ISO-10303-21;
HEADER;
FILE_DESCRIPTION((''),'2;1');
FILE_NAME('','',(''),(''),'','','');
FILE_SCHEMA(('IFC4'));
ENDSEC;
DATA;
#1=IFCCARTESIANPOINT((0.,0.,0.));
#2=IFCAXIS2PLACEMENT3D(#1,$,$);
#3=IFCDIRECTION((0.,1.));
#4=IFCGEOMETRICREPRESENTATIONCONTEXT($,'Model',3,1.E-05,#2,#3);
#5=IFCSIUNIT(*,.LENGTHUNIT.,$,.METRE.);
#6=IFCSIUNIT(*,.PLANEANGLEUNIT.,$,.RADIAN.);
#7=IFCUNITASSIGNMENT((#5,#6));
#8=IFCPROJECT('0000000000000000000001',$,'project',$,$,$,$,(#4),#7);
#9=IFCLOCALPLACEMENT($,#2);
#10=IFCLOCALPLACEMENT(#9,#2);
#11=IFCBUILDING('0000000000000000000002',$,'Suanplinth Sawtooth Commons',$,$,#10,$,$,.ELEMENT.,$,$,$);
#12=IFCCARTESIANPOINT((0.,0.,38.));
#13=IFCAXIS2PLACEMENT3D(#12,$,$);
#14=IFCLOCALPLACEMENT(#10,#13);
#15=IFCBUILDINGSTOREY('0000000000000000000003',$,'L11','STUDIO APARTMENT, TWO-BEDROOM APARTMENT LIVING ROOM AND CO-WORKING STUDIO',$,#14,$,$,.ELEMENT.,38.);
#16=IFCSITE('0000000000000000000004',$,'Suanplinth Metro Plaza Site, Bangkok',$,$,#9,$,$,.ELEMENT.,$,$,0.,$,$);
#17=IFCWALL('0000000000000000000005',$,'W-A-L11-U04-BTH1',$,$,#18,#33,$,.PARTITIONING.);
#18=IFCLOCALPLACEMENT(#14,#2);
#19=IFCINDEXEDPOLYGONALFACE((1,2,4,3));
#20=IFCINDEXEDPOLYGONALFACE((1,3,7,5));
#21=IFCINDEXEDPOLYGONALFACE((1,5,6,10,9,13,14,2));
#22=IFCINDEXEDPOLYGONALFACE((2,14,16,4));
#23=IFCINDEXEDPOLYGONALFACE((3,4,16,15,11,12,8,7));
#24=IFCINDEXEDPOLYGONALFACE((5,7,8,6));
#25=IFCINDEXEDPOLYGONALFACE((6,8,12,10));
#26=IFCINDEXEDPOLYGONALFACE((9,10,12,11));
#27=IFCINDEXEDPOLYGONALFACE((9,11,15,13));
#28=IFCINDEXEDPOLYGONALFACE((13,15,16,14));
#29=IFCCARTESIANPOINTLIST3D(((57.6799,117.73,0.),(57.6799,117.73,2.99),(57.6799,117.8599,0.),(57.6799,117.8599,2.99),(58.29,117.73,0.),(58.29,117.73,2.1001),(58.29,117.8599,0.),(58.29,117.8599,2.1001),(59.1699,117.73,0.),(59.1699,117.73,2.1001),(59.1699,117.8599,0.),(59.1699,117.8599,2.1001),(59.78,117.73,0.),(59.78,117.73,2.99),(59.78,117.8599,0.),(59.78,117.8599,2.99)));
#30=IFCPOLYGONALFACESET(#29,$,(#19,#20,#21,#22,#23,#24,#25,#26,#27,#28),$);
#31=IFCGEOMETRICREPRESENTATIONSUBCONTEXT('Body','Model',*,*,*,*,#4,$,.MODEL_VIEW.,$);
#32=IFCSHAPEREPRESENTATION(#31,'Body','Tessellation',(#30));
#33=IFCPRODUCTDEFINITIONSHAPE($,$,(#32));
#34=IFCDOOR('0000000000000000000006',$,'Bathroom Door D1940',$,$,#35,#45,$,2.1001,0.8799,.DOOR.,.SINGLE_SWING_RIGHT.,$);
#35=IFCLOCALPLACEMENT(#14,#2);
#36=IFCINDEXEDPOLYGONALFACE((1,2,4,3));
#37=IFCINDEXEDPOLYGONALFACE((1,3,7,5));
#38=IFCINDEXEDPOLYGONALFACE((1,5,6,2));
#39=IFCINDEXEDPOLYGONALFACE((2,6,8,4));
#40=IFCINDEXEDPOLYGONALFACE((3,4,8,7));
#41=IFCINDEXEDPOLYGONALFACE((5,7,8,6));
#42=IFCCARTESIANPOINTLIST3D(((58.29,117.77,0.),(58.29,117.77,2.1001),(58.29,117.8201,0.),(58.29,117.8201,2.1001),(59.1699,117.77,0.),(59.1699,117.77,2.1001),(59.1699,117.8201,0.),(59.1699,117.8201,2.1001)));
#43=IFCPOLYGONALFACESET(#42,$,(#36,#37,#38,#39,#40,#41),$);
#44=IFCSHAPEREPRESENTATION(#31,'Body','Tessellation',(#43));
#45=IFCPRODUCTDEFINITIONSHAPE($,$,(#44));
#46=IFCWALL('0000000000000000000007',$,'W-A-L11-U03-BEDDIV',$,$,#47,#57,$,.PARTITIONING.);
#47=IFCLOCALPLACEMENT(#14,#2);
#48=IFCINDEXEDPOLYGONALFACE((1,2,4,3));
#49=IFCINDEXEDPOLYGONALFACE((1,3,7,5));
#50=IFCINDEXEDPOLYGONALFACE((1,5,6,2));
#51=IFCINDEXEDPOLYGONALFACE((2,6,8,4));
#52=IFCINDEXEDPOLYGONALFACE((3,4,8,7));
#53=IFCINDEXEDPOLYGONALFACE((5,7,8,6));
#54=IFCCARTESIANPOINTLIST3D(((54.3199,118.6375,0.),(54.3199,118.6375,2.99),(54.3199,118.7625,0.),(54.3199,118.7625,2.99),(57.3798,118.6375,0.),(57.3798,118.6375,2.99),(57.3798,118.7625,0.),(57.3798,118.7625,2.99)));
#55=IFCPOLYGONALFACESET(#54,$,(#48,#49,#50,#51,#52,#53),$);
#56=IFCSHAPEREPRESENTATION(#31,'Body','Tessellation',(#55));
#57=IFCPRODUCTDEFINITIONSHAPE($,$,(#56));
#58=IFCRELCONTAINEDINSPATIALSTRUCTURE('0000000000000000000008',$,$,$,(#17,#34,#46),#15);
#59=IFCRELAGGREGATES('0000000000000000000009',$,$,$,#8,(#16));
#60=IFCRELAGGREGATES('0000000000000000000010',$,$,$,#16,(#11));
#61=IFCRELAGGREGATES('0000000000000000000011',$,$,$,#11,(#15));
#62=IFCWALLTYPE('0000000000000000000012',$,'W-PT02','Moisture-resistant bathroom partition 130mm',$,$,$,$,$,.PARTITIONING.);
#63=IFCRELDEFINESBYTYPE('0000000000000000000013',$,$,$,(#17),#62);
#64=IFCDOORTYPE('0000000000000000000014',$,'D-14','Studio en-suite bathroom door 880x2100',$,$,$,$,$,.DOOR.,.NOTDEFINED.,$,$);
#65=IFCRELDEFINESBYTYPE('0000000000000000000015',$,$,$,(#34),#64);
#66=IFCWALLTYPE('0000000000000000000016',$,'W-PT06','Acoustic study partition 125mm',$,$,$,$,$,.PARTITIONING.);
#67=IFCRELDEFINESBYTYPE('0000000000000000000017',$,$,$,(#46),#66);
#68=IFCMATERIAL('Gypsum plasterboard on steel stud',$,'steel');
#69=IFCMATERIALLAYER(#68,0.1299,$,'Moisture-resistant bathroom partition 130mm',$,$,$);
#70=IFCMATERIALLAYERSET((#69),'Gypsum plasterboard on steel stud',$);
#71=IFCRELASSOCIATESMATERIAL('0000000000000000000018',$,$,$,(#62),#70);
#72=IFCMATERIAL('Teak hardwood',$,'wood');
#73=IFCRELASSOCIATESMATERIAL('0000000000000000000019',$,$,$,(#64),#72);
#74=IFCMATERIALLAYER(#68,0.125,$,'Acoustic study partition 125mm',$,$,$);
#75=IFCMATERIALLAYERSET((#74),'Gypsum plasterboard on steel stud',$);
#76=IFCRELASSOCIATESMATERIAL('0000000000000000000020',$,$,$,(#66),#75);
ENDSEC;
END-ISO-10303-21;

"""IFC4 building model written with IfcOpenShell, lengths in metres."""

from ifc_helpers import new_model, si_unit, direction, frame, frame_2d, origin, place, context, subcontext, project, spatial, rectangle, extrude, material, layer, layer_set, type_object, element, fill, save


model = new_model("IFC4")

# Units and contexts
model_context = context("Model", 3, precision=1e-05, world=origin(), true_north=direction((0.0, 1.0)))
body_context = subcontext(model_context, "Body", "Model", "MODEL_VIEW")
ifc_project = project(units=[si_unit("LENGTHUNIT", "METRE"), si_unit("PLANEANGLEUNIT", "RADIAN")], contexts=[model_context])

# Site, building, storey
site_placement = place(None, origin())
site = spatial("IfcSite", under=ifc_project, at=site_placement, Name="Suanplinth Metro Plaza Site, Bangkok", CompositionType="ELEMENT", RefElevation=0.0)
building_placement = place(site_placement, origin())
building = spatial("IfcBuilding", under=site, at=building_placement, Name="Suanplinth Sawtooth Commons", CompositionType="ELEMENT")
storey_placement = place(building_placement, frame((0.0, 0.0, 38.0)))
storey = spatial("IfcBuildingStorey", under=building, at=storey_placement, Name="L11", Description="STUDIO APARTMENT, TWO-BEDROOM APARTMENT LIVING ROOM AND CO-WORKING STUDIO", CompositionType="ELEMENT", Elevation=38.0)

# Wall, opening, door
ifc_material_1 = material(Name="Gypsum plasterboard on steel stud", Category="steel")
ifc_layer_1 = layer(ifc_material_1, 0.1299, Name="Moisture-resistant bathroom partition 130mm")
ifc_layer_set_1 = layer_set([ifc_layer_1], Name="Gypsum plasterboard on steel stud")
wall_type_1 = type_object("IfcWallType", Name="W-PT02", Description="Moisture-resistant bathroom partition 130mm", PredefinedType="PARTITIONING", material=ifc_layer_set_1)
wall_1_placement = place(storey_placement, frame((57.6799, 117.7949, 0.0), z_axis=(0.0, 0.0, 1.0), x_axis=(1.0, 0.0, 0.0)))
wall_1 = element("IfcWall", 1, at=wall_1_placement, inside=storey, type_object=wall_type_1, Name="W-A-L11-U04-BTH1", PredefinedType="PARTITIONING", context=body_context, shape_type="SweptSolid", body=[
    extrude(rectangle(XDim=2.1001, YDim=0.1299, at=frame_2d((1.05, 0.0))), origin(), (0.0, 0.0, 1.0), 2.99),
])
opening_1_placement = place(wall_1_placement, frame((0.6101, 0.0, 0.0)))
opening_1 = element("IfcOpeningElement", 2, at=opening_1_placement, cuts=wall_1, PredefinedType="OPENING", context=body_context, shape_type="SweptSolid", body=[
    extrude(rectangle(XDim=0.8799, YDim=2.1001, at=frame_2d((0.4399, 1.05))), frame((0.0, 0.0798, 0.0), z_axis=(0.0, -1.0, 0.0), x_axis=(1.0, 0.0, 0.0)), (0.0, 0.0, 1.0), 0.1597),
])
ifc_material_2 = material(Name="Teak hardwood", Category="wood")
door_type_1 = type_object("IfcDoorType", Name="D-14", Description="Studio en-suite bathroom door 880x2100", OperationType="NOTDEFINED", PredefinedType="DOOR", material=ifc_material_2)
door_1_placement = place(opening_1_placement, frame((0.8799, 0.0, 0.0), z_axis=(0.0, 0.0, 1.0), x_axis=(-1.0, 0.0, 0.0)))
door_1 = element("IfcDoor", 3, at=door_1_placement, inside=storey, type_object=door_type_1, Name="Bathroom Door D1940", OperationType="SINGLE_SWING_RIGHT", OverallHeight=2.1001, OverallWidth=0.8799, PredefinedType="DOOR", context=body_context, shape_type="SweptSolid", body=[
    extrude(rectangle(XDim=0.8799, YDim=2.1001, at=frame_2d((0.4399, 1.05))), frame((0.0, 0.0249, 0.0), z_axis=(0.0, -1.0, 0.0), x_axis=(1.0, 0.0, 0.0)), (0.0, 0.0, 1.0), 0.05),
])
fill(opening_1, door_1)

# Wall
ifc_layer_2 = layer(ifc_material_1, 0.125, Name="Acoustic study partition 125mm")
ifc_layer_set_2 = layer_set([ifc_layer_2], Name="Gypsum plasterboard on steel stud")
wall_type_2 = type_object("IfcWallType", Name="W-PT06", Description="Acoustic study partition 125mm", PredefinedType="PARTITIONING", material=ifc_layer_set_2)
wall_2_placement = place(storey_placement, frame((54.3201, 118.7, 0.0), z_axis=(0.0, 0.0, 1.0), x_axis=(1.0, 0.0, 0.0)))
element("IfcWall", 4, at=wall_2_placement, inside=storey, type_object=wall_type_2, Name="W-A-L11-U03-BEDDIV", PredefinedType="PARTITIONING", context=body_context, shape_type="SweptSolid", body=[
    extrude(rectangle(XDim=3.0598, YDim=0.125, at=frame_2d((1.5298, 0.0))), origin(), (0.0, 0.0, 1.0), 2.99),
])

save(model, "model.ifc")
